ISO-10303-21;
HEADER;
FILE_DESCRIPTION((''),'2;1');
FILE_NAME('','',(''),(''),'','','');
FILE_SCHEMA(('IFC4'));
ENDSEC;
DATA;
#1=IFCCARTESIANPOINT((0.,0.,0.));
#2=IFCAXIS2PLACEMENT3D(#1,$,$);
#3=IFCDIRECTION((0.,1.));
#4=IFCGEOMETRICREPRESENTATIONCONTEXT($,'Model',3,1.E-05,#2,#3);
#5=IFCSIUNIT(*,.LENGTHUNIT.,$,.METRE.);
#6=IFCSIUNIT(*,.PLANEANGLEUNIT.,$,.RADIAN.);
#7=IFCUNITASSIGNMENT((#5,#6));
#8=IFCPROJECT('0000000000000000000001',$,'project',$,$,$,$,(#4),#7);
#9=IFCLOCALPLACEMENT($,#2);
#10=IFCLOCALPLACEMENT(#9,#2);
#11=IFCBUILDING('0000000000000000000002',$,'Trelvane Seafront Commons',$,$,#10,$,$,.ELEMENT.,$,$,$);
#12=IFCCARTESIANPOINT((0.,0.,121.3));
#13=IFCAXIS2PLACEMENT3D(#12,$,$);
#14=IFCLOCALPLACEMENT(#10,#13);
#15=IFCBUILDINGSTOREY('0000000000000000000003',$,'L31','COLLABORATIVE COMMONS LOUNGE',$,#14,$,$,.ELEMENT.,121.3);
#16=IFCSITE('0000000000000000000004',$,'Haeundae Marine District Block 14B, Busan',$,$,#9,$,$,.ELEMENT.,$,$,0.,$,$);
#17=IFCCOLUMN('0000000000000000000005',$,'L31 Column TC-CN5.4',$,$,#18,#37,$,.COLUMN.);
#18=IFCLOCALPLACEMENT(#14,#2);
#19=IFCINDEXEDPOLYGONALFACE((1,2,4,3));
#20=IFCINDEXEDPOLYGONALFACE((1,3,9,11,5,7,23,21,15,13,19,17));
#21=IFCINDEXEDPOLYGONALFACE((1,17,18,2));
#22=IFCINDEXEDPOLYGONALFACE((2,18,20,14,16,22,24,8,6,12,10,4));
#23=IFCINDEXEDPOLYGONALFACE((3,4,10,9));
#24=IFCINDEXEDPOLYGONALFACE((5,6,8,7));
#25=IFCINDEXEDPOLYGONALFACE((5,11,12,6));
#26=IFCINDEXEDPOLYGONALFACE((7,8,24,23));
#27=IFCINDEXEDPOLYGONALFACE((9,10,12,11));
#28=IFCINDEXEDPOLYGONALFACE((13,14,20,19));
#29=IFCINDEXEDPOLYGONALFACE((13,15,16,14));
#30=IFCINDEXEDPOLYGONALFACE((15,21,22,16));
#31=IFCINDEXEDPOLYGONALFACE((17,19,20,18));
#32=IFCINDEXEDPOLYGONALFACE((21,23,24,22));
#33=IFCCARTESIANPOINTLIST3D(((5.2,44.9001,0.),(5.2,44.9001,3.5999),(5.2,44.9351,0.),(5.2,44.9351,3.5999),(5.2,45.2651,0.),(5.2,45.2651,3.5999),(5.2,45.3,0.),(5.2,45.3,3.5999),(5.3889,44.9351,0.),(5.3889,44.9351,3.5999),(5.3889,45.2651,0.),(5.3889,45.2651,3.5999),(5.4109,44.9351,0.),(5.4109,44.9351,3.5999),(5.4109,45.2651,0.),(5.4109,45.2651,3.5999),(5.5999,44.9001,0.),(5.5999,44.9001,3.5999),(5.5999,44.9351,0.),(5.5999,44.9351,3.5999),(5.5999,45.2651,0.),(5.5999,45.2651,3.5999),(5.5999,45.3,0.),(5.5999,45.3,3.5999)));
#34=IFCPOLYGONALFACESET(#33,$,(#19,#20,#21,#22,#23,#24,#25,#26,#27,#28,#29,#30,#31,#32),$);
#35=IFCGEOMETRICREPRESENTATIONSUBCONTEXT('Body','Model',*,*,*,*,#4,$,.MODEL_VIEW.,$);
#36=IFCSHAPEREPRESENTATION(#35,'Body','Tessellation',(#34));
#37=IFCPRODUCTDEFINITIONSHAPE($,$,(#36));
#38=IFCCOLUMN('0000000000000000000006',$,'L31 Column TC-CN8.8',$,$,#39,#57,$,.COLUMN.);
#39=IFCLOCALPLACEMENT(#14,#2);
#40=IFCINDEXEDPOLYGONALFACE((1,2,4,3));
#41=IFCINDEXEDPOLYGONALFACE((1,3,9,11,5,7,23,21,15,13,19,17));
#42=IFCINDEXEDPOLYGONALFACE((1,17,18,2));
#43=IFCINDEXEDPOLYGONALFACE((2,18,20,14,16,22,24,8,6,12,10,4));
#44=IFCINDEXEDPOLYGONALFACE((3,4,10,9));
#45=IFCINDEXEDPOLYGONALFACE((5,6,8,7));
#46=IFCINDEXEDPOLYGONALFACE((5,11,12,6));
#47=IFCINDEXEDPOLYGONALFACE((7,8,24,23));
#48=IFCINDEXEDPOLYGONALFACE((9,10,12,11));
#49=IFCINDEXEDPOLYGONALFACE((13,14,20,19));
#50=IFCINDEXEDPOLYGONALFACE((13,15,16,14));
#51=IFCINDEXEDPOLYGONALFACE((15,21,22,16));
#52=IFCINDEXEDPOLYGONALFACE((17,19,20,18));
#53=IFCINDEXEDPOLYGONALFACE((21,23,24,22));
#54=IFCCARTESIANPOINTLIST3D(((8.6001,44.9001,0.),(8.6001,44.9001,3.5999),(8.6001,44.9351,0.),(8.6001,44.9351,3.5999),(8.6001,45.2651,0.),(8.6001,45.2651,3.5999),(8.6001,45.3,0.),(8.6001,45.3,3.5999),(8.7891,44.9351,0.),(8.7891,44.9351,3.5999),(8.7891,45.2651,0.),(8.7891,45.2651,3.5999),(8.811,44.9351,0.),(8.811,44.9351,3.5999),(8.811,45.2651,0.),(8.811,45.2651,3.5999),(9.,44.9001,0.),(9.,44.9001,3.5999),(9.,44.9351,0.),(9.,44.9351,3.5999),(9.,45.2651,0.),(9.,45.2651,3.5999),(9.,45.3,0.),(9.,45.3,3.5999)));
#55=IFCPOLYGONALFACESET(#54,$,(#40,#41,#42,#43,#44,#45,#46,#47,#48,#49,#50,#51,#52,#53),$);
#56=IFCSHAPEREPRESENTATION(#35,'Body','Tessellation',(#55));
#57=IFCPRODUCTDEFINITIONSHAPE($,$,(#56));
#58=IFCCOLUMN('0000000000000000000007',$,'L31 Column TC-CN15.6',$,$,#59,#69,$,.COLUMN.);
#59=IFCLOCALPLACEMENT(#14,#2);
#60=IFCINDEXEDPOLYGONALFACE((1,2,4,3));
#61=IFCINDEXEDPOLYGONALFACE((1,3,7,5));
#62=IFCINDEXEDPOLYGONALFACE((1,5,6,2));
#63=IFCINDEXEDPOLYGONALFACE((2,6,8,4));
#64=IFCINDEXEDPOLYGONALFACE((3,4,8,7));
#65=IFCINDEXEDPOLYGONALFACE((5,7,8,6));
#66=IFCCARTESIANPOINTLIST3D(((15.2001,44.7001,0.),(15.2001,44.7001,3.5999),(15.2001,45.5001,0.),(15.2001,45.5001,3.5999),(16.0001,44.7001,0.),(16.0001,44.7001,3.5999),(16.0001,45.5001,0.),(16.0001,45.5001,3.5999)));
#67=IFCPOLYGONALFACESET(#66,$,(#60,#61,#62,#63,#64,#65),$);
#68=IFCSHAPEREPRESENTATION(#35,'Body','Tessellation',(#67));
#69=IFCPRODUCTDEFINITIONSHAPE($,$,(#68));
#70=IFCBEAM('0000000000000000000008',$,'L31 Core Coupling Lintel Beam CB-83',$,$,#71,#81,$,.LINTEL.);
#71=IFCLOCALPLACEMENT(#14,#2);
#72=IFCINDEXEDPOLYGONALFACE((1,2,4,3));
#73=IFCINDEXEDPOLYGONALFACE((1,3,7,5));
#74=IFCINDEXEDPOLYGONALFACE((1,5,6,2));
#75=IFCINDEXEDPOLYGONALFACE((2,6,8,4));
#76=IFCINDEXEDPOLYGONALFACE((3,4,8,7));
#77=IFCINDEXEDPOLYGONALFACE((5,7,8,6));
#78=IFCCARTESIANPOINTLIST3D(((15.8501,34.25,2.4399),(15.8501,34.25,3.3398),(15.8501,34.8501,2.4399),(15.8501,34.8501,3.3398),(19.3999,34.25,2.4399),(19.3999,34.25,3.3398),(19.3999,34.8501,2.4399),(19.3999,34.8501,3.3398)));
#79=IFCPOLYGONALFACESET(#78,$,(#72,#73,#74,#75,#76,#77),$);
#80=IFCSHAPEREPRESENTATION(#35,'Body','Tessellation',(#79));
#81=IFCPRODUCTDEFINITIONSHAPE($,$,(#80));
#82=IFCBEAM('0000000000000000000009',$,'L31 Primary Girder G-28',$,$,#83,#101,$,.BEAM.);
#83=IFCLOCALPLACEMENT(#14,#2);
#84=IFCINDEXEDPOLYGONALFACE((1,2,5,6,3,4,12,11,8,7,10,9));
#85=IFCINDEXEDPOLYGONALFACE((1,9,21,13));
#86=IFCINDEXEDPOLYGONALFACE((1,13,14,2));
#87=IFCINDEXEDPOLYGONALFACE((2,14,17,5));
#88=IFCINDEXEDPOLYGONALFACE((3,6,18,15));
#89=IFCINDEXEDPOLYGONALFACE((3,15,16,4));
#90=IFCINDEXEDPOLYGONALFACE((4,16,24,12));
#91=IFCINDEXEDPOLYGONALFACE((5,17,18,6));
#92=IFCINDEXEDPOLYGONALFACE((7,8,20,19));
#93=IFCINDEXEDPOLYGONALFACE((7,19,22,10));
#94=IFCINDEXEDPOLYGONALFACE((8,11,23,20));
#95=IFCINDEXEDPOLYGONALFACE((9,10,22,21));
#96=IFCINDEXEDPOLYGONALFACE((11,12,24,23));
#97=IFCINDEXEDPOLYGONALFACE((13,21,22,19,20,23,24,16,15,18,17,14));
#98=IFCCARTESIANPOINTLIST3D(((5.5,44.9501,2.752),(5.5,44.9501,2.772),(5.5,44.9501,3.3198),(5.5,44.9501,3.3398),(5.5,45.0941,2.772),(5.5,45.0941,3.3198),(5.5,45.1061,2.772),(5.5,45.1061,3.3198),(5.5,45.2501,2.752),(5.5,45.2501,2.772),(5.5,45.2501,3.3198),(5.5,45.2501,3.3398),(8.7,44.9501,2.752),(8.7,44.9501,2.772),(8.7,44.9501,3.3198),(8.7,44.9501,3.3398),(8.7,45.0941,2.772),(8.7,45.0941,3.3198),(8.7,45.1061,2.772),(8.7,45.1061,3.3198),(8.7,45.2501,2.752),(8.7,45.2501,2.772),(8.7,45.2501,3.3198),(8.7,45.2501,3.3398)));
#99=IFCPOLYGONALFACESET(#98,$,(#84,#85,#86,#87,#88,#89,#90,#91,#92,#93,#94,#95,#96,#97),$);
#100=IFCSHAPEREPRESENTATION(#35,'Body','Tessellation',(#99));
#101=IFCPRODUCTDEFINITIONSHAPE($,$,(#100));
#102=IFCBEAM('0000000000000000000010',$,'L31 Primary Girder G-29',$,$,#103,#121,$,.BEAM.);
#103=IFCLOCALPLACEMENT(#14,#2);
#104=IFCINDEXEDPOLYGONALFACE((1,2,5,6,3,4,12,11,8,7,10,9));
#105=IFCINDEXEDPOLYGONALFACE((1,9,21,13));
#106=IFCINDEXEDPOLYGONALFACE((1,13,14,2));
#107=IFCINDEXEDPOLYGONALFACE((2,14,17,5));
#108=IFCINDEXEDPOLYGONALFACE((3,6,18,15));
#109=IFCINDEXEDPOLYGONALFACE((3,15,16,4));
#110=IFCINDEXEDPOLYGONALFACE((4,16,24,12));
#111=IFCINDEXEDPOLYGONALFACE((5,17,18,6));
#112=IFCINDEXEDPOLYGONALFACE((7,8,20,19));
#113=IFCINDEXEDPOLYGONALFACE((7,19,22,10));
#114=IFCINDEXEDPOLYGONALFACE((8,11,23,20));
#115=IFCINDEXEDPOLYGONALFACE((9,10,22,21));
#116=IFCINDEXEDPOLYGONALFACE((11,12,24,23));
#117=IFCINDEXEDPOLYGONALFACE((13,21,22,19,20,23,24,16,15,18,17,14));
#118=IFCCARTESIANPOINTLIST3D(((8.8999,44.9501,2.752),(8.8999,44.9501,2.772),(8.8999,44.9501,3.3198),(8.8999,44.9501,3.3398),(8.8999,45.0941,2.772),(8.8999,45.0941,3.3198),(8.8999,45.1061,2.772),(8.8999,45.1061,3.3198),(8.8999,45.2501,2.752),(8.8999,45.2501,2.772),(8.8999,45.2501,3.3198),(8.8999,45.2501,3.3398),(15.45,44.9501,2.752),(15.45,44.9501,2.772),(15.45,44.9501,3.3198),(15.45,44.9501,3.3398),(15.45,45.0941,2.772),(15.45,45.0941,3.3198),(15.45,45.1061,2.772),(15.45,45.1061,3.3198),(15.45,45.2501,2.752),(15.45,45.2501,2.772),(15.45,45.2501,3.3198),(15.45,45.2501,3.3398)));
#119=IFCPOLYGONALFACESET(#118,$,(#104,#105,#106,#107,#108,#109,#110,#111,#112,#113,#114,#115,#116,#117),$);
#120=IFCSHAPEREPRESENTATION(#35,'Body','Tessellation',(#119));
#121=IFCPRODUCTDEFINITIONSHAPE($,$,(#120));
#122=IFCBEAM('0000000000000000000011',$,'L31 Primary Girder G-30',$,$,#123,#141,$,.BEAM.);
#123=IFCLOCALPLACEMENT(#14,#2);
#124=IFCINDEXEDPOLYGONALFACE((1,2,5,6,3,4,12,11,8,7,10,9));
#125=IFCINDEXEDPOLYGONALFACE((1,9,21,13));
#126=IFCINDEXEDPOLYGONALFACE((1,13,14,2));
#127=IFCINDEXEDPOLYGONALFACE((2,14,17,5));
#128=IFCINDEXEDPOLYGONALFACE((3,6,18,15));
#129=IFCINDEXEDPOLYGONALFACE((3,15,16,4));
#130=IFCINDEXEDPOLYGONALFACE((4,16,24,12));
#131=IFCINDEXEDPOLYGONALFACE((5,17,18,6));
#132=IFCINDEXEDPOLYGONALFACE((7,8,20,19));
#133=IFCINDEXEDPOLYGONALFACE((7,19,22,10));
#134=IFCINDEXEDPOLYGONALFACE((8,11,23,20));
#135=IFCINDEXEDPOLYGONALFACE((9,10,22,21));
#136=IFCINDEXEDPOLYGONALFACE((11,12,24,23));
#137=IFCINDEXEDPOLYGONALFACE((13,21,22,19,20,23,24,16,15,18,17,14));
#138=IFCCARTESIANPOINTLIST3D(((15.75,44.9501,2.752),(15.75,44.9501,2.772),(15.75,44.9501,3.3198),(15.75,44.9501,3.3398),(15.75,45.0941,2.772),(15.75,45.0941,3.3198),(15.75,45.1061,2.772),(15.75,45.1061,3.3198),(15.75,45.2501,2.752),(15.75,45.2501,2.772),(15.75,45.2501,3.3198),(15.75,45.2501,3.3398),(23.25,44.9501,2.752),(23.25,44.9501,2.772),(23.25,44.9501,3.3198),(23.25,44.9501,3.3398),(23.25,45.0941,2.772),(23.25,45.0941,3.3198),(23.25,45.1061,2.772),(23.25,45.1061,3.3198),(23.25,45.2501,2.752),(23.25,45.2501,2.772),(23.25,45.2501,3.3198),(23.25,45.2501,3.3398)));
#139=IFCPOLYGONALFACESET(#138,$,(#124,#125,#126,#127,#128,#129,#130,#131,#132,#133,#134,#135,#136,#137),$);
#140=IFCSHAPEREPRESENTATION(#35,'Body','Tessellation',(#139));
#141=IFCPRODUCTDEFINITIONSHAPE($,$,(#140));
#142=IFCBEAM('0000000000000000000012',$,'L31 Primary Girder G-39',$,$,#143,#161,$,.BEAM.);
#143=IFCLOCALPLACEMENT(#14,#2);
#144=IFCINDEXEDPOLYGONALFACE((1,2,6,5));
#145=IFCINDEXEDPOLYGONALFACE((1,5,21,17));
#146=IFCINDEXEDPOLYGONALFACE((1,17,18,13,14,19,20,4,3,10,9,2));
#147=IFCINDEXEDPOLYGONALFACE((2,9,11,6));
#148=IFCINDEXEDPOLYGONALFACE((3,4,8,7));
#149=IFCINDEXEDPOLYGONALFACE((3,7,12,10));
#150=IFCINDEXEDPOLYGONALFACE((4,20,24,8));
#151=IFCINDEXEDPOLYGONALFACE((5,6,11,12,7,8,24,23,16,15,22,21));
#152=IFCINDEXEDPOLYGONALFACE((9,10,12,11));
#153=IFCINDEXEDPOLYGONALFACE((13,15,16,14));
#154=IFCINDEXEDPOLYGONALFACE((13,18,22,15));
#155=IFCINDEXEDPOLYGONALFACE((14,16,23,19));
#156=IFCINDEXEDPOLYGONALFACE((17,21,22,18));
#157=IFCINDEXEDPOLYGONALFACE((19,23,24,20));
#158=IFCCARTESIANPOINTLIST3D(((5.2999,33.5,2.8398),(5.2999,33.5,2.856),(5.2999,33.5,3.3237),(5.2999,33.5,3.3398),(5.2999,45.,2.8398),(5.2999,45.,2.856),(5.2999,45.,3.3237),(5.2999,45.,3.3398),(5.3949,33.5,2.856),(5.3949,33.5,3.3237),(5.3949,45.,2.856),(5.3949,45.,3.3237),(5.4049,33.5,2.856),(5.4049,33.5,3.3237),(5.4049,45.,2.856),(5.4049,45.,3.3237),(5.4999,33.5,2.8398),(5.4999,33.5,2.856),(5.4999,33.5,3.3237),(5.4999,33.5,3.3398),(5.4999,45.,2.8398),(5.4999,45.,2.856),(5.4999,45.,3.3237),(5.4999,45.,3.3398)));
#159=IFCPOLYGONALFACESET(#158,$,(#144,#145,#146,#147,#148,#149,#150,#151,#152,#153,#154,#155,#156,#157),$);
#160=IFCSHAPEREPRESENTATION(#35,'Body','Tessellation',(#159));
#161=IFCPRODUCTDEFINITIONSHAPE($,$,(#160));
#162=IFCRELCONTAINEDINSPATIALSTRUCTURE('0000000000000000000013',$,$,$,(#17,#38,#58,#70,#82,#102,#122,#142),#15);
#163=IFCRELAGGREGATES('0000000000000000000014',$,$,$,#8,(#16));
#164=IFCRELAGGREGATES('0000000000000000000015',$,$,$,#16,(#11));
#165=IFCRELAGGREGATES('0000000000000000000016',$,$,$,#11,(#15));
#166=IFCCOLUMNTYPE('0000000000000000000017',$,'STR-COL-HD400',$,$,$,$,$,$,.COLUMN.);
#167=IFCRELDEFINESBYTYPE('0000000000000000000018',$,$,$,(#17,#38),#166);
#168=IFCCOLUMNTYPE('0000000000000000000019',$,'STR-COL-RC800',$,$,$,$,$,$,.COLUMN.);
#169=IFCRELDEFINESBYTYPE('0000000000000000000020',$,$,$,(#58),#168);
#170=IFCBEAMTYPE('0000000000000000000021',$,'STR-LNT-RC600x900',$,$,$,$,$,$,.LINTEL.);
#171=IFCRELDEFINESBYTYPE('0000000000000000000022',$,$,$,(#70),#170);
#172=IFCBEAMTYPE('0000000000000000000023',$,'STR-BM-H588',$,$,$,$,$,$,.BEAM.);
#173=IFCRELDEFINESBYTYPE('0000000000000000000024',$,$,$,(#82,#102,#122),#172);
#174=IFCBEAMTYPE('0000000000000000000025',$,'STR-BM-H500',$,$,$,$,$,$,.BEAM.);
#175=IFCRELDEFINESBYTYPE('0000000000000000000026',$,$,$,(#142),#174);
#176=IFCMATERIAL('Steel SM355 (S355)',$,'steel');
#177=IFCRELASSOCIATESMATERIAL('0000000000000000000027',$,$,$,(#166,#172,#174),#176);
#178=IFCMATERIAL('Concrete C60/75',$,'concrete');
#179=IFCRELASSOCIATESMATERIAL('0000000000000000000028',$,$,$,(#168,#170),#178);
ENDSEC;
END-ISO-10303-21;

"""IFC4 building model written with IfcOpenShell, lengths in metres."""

from ifc_helpers import new_model, si_unit, direction, frame, origin, origin_2d, place, context, subcontext, project, spatial, rectangle, i_section, extrude, source, transform, mapped, material, material_profile, profile_set, type_object, element, save


model = new_model("IFC4")

# Units and contexts
model_context = context("Model", 3, precision=1e-05, world=origin(), true_north=direction((0.0, 1.0)))
body_context = subcontext(model_context, "Body", "Model", "MODEL_VIEW")
ifc_project = project(units=[si_unit("LENGTHUNIT", "METRE"), si_unit("PLANEANGLEUNIT", "RADIAN")], contexts=[model_context])

# Site, building, storey
site_placement = place(None, origin())
site = spatial("IfcSite", under=ifc_project, at=site_placement, Name="Haeundae Marine District Block 14B, Busan", CompositionType="ELEMENT", RefElevation=0.0)
building_placement = place(site_placement, origin())
building = spatial("IfcBuilding", under=site, at=building_placement, Name="Trelvane Seafront Commons", CompositionType="ELEMENT")
storey_placement = place(building_placement, frame((0.0, 0.0, 121.3)))
storey = spatial("IfcBuildingStorey", under=building, at=storey_placement, Name="L31", Description="COLLABORATIVE COMMONS LOUNGE", CompositionType="ELEMENT", Elevation=121.3)

# Columns
ifc_material_1 = material(Name="Steel SM355 (S355)", Category="steel")
ifc_material_profile_1 = material_profile(ifc_material_1, i_section(OverallWidth=0.3999, OverallDepth=0.3999, WebThickness=0.022, FlangeThickness=0.0349, at=origin_2d()), Name="HD-400x400x22x35")
ifc_profile_set_1 = profile_set([ifc_material_profile_1], Name="Steel SM355 (S355)")
column_type_1 = type_object("IfcColumnType", Name="STR-COL-HD400", PredefinedType="COLUMN", material=ifc_profile_set_1)
shared_shape_1 = source(origin(), body_context, "Body", "SweptSolid", [
    extrude(i_section(OverallWidth=0.3999, OverallDepth=0.3999, WebThickness=0.022, FlangeThickness=0.0349, at=origin_2d()), origin(), (0.0, 0.0, 1.0), 3.5999),
])
for number, where, z_axis, x_axis, name in (
    (1, (5.3999, 45.1001, 0.0), (0.0, 0.0, 1.0), (1.0, 0.0, 0.0), "L31 Column TC-CN5.4"),
    (2, (8.8, 45.1001, 0.0), (0.0, 0.0, 1.0), (1.0, 0.0, 0.0), "L31 Column TC-CN8.8"),
):
    element("IfcColumn", number, at=place(storey_placement, frame(where, z_axis=z_axis, x_axis=x_axis)), inside=storey, type_object=column_type_1, Name=name, PredefinedType="COLUMN", context=body_context, shape_type="MappedRepresentation", body=[
        mapped(shared_shape_1, transform((0.0, 0.0, 0.0), x_axis=(1.0, 0.0, 0.0), y_axis=(0.0, 1.0, 0.0), z_axis=(0.0, 0.0, 1.0), scale=1.0)),
    ])
ifc_material_2 = material(Name="Concrete C60/75", Category="concrete")
ifc_material_profile_2 = material_profile(ifc_material_2, rectangle(XDim=0.8, YDim=0.8, at=origin_2d()), Name="RC-800x800")
ifc_profile_set_2 = profile_set([ifc_material_profile_2], Name="Concrete C60/75")
column_type_2 = type_object("IfcColumnType", Name="STR-COL-RC800", PredefinedType="COLUMN", material=ifc_profile_set_2)
shared_shape_2 = source(origin(), body_context, "Body", "SweptSolid", [
    extrude(rectangle(XDim=0.8, YDim=0.8, at=origin_2d()), origin(), (0.0, 0.0, 1.0), 3.5999),
])
column_placement = place(storey_placement, frame((15.6001, 45.1001, 0.0), z_axis=(0.0, 0.0, 1.0), x_axis=(1.0, 0.0, 0.0)))
element("IfcColumn", 3, at=column_placement, inside=storey, type_object=column_type_2, Name="L31 Column TC-CN15.6", PredefinedType="COLUMN", context=body_context, shape_type="MappedRepresentation", body=[
    mapped(shared_shape_2, transform((0.0, 0.0, 0.0), x_axis=(1.0, 0.0, 0.0), y_axis=(0.0, 1.0, 0.0), z_axis=(0.0, 0.0, 1.0), scale=1.0)),
])

# Beams
ifc_material_profile_3 = material_profile(ifc_material_2, rectangle(XDim=0.6001, YDim=0.8999, at=origin_2d()), Name="RC-600x900")
ifc_profile_set_3 = profile_set([ifc_material_profile_3], Name="Concrete C60/75")
beam_type_1 = type_object("IfcBeamType", Name="STR-LNT-RC600x900", PredefinedType="LINTEL", material=ifc_profile_set_3)
shared_shape_3 = source(origin(), body_context, "Body", "SweptSolid", [
    extrude(rectangle(XDim=0.6001, YDim=0.8999, at=origin_2d()), origin(), (0.0, 0.0, 1.0), 3.5498),
])
beam_1_placement = place(storey_placement, frame((15.8501, 34.55, 2.8899), z_axis=(1.0, 0.0, 0.0), x_axis=(0.0, 1.0, 0.0)))
element("IfcBeam", 4, at=beam_1_placement, inside=storey, type_object=beam_type_1, Name="L31 Core Coupling Lintel Beam CB-83", PredefinedType="LINTEL", context=body_context, shape_type="MappedRepresentation", body=[
    mapped(shared_shape_3, transform((0.0, 0.0, 0.0), x_axis=(1.0, 0.0, 0.0), y_axis=(0.0, 1.0, 0.0), z_axis=(0.0, 0.0, 1.0), scale=1.0)),
])
ifc_material_profile_4 = material_profile(ifc_material_1, i_section(OverallWidth=0.3, OverallDepth=0.5879, WebThickness=0.012, FlangeThickness=0.02, at=origin_2d()), Name="H-588x300x12x20")
ifc_profile_set_4 = profile_set([ifc_material_profile_4], Name="Steel SM355 (S355)")
beam_type_2 = type_object("IfcBeamType", Name="STR-BM-H588", PredefinedType="BEAM", material=ifc_profile_set_4)
shared_shape_4 = source(origin(), body_context, "Body", "SweptSolid", [
    extrude(i_section(OverallWidth=0.3, OverallDepth=0.5879, WebThickness=0.012, FlangeThickness=0.02, at=origin_2d()), origin(), (0.0, 0.0, 1.0), 3.2),
])
beam_2_placement = place(storey_placement, frame((5.5, 45.1001, 3.0459), z_axis=(1.0, 0.0, 0.0), x_axis=(0.0, 1.0, 0.0)))
element("IfcBeam", 5, at=beam_2_placement, inside=storey, type_object=beam_type_2, Name="L31 Primary Girder G-28", PredefinedType="BEAM", context=body_context, shape_type="MappedRepresentation", body=[
    mapped(shared_shape_4, transform((0.0, 0.0, 0.0), x_axis=(1.0, 0.0, 0.0), y_axis=(0.0, 1.0, 0.0), z_axis=(0.0, 0.0, 1.0), scale=1.0)),
])
shared_shape_5 = source(origin(), body_context, "Body", "SweptSolid", [
    extrude(i_section(OverallWidth=0.3, OverallDepth=0.5879, WebThickness=0.012, FlangeThickness=0.02, at=origin_2d()), origin(), (0.0, 0.0, 1.0), 6.55),
])
beam_3_placement = place(storey_placement, frame((8.8999, 45.1001, 3.0459), z_axis=(1.0, 0.0, 0.0), x_axis=(0.0, 1.0, 0.0)))
element("IfcBeam", 6, at=beam_3_placement, inside=storey, type_object=beam_type_2, Name="L31 Primary Girder G-29", PredefinedType="BEAM", context=body_context, shape_type="MappedRepresentation", body=[
    mapped(shared_shape_5, transform((0.0, 0.0, 0.0), x_axis=(1.0, 0.0, 0.0), y_axis=(0.0, 1.0, 0.0), z_axis=(0.0, 0.0, 1.0), scale=1.0)),
])
shared_shape_6 = source(origin(), body_context, "Body", "SweptSolid", [
    extrude(i_section(OverallWidth=0.3, OverallDepth=0.5879, WebThickness=0.012, FlangeThickness=0.02, at=origin_2d()), origin(), (0.0, 0.0, 1.0), 7.5),
])
beam_4_placement = place(storey_placement, frame((15.75, 45.1001, 3.0459), z_axis=(1.0, 0.0, 0.0), x_axis=(0.0, 1.0, 0.0)))
element("IfcBeam", 7, at=beam_4_placement, inside=storey, type_object=beam_type_2, Name="L31 Primary Girder G-30", PredefinedType="BEAM", context=body_context, shape_type="MappedRepresentation", body=[
    mapped(shared_shape_6, transform((0.0, 0.0, 0.0), x_axis=(1.0, 0.0, 0.0), y_axis=(0.0, 1.0, 0.0), z_axis=(0.0, 0.0, 1.0), scale=1.0)),
])
ifc_material_profile_5 = material_profile(ifc_material_1, i_section(OverallWidth=0.2, OverallDepth=0.5, WebThickness=0.01, FlangeThickness=0.0161, at=origin_2d()), Name="H-500x200x10x16")
ifc_profile_set_5 = profile_set([ifc_material_profile_5], Name="Steel SM355 (S355)")
beam_type_3 = type_object("IfcBeamType", Name="STR-BM-H500", PredefinedType="BEAM", material=ifc_profile_set_5)
shared_shape_7 = source(origin(), body_context, "Body", "SweptSolid", [
    extrude(i_section(OverallWidth=0.2, OverallDepth=0.5, WebThickness=0.01, FlangeThickness=0.0161, at=origin_2d()), origin(), (0.0, 0.0, 1.0), 11.5),
])
for number, where, z_axis, x_axis, name in (
    (8, (5.3999, 33.5, 3.0898), (0.0, 1.0, 0.0), (-1.0, 0.0, 0.0), "L31 Primary Girder G-39"),
):
    element("IfcBeam", number, at=place(storey_placement, frame(where, z_axis=z_axis, x_axis=x_axis)), inside=storey, type_object=beam_type_3, Name=name, PredefinedType="BEAM", context=body_context, shape_type="MappedRepresentation", body=[
        mapped(shared_shape_7, transform((0.0, 0.0, 0.0), x_axis=(1.0, 0.0, 0.0), y_axis=(0.0, 1.0, 0.0), z_axis=(0.0, 0.0, 1.0), scale=1.0)),
    ])

save(model, "model.ifc")
